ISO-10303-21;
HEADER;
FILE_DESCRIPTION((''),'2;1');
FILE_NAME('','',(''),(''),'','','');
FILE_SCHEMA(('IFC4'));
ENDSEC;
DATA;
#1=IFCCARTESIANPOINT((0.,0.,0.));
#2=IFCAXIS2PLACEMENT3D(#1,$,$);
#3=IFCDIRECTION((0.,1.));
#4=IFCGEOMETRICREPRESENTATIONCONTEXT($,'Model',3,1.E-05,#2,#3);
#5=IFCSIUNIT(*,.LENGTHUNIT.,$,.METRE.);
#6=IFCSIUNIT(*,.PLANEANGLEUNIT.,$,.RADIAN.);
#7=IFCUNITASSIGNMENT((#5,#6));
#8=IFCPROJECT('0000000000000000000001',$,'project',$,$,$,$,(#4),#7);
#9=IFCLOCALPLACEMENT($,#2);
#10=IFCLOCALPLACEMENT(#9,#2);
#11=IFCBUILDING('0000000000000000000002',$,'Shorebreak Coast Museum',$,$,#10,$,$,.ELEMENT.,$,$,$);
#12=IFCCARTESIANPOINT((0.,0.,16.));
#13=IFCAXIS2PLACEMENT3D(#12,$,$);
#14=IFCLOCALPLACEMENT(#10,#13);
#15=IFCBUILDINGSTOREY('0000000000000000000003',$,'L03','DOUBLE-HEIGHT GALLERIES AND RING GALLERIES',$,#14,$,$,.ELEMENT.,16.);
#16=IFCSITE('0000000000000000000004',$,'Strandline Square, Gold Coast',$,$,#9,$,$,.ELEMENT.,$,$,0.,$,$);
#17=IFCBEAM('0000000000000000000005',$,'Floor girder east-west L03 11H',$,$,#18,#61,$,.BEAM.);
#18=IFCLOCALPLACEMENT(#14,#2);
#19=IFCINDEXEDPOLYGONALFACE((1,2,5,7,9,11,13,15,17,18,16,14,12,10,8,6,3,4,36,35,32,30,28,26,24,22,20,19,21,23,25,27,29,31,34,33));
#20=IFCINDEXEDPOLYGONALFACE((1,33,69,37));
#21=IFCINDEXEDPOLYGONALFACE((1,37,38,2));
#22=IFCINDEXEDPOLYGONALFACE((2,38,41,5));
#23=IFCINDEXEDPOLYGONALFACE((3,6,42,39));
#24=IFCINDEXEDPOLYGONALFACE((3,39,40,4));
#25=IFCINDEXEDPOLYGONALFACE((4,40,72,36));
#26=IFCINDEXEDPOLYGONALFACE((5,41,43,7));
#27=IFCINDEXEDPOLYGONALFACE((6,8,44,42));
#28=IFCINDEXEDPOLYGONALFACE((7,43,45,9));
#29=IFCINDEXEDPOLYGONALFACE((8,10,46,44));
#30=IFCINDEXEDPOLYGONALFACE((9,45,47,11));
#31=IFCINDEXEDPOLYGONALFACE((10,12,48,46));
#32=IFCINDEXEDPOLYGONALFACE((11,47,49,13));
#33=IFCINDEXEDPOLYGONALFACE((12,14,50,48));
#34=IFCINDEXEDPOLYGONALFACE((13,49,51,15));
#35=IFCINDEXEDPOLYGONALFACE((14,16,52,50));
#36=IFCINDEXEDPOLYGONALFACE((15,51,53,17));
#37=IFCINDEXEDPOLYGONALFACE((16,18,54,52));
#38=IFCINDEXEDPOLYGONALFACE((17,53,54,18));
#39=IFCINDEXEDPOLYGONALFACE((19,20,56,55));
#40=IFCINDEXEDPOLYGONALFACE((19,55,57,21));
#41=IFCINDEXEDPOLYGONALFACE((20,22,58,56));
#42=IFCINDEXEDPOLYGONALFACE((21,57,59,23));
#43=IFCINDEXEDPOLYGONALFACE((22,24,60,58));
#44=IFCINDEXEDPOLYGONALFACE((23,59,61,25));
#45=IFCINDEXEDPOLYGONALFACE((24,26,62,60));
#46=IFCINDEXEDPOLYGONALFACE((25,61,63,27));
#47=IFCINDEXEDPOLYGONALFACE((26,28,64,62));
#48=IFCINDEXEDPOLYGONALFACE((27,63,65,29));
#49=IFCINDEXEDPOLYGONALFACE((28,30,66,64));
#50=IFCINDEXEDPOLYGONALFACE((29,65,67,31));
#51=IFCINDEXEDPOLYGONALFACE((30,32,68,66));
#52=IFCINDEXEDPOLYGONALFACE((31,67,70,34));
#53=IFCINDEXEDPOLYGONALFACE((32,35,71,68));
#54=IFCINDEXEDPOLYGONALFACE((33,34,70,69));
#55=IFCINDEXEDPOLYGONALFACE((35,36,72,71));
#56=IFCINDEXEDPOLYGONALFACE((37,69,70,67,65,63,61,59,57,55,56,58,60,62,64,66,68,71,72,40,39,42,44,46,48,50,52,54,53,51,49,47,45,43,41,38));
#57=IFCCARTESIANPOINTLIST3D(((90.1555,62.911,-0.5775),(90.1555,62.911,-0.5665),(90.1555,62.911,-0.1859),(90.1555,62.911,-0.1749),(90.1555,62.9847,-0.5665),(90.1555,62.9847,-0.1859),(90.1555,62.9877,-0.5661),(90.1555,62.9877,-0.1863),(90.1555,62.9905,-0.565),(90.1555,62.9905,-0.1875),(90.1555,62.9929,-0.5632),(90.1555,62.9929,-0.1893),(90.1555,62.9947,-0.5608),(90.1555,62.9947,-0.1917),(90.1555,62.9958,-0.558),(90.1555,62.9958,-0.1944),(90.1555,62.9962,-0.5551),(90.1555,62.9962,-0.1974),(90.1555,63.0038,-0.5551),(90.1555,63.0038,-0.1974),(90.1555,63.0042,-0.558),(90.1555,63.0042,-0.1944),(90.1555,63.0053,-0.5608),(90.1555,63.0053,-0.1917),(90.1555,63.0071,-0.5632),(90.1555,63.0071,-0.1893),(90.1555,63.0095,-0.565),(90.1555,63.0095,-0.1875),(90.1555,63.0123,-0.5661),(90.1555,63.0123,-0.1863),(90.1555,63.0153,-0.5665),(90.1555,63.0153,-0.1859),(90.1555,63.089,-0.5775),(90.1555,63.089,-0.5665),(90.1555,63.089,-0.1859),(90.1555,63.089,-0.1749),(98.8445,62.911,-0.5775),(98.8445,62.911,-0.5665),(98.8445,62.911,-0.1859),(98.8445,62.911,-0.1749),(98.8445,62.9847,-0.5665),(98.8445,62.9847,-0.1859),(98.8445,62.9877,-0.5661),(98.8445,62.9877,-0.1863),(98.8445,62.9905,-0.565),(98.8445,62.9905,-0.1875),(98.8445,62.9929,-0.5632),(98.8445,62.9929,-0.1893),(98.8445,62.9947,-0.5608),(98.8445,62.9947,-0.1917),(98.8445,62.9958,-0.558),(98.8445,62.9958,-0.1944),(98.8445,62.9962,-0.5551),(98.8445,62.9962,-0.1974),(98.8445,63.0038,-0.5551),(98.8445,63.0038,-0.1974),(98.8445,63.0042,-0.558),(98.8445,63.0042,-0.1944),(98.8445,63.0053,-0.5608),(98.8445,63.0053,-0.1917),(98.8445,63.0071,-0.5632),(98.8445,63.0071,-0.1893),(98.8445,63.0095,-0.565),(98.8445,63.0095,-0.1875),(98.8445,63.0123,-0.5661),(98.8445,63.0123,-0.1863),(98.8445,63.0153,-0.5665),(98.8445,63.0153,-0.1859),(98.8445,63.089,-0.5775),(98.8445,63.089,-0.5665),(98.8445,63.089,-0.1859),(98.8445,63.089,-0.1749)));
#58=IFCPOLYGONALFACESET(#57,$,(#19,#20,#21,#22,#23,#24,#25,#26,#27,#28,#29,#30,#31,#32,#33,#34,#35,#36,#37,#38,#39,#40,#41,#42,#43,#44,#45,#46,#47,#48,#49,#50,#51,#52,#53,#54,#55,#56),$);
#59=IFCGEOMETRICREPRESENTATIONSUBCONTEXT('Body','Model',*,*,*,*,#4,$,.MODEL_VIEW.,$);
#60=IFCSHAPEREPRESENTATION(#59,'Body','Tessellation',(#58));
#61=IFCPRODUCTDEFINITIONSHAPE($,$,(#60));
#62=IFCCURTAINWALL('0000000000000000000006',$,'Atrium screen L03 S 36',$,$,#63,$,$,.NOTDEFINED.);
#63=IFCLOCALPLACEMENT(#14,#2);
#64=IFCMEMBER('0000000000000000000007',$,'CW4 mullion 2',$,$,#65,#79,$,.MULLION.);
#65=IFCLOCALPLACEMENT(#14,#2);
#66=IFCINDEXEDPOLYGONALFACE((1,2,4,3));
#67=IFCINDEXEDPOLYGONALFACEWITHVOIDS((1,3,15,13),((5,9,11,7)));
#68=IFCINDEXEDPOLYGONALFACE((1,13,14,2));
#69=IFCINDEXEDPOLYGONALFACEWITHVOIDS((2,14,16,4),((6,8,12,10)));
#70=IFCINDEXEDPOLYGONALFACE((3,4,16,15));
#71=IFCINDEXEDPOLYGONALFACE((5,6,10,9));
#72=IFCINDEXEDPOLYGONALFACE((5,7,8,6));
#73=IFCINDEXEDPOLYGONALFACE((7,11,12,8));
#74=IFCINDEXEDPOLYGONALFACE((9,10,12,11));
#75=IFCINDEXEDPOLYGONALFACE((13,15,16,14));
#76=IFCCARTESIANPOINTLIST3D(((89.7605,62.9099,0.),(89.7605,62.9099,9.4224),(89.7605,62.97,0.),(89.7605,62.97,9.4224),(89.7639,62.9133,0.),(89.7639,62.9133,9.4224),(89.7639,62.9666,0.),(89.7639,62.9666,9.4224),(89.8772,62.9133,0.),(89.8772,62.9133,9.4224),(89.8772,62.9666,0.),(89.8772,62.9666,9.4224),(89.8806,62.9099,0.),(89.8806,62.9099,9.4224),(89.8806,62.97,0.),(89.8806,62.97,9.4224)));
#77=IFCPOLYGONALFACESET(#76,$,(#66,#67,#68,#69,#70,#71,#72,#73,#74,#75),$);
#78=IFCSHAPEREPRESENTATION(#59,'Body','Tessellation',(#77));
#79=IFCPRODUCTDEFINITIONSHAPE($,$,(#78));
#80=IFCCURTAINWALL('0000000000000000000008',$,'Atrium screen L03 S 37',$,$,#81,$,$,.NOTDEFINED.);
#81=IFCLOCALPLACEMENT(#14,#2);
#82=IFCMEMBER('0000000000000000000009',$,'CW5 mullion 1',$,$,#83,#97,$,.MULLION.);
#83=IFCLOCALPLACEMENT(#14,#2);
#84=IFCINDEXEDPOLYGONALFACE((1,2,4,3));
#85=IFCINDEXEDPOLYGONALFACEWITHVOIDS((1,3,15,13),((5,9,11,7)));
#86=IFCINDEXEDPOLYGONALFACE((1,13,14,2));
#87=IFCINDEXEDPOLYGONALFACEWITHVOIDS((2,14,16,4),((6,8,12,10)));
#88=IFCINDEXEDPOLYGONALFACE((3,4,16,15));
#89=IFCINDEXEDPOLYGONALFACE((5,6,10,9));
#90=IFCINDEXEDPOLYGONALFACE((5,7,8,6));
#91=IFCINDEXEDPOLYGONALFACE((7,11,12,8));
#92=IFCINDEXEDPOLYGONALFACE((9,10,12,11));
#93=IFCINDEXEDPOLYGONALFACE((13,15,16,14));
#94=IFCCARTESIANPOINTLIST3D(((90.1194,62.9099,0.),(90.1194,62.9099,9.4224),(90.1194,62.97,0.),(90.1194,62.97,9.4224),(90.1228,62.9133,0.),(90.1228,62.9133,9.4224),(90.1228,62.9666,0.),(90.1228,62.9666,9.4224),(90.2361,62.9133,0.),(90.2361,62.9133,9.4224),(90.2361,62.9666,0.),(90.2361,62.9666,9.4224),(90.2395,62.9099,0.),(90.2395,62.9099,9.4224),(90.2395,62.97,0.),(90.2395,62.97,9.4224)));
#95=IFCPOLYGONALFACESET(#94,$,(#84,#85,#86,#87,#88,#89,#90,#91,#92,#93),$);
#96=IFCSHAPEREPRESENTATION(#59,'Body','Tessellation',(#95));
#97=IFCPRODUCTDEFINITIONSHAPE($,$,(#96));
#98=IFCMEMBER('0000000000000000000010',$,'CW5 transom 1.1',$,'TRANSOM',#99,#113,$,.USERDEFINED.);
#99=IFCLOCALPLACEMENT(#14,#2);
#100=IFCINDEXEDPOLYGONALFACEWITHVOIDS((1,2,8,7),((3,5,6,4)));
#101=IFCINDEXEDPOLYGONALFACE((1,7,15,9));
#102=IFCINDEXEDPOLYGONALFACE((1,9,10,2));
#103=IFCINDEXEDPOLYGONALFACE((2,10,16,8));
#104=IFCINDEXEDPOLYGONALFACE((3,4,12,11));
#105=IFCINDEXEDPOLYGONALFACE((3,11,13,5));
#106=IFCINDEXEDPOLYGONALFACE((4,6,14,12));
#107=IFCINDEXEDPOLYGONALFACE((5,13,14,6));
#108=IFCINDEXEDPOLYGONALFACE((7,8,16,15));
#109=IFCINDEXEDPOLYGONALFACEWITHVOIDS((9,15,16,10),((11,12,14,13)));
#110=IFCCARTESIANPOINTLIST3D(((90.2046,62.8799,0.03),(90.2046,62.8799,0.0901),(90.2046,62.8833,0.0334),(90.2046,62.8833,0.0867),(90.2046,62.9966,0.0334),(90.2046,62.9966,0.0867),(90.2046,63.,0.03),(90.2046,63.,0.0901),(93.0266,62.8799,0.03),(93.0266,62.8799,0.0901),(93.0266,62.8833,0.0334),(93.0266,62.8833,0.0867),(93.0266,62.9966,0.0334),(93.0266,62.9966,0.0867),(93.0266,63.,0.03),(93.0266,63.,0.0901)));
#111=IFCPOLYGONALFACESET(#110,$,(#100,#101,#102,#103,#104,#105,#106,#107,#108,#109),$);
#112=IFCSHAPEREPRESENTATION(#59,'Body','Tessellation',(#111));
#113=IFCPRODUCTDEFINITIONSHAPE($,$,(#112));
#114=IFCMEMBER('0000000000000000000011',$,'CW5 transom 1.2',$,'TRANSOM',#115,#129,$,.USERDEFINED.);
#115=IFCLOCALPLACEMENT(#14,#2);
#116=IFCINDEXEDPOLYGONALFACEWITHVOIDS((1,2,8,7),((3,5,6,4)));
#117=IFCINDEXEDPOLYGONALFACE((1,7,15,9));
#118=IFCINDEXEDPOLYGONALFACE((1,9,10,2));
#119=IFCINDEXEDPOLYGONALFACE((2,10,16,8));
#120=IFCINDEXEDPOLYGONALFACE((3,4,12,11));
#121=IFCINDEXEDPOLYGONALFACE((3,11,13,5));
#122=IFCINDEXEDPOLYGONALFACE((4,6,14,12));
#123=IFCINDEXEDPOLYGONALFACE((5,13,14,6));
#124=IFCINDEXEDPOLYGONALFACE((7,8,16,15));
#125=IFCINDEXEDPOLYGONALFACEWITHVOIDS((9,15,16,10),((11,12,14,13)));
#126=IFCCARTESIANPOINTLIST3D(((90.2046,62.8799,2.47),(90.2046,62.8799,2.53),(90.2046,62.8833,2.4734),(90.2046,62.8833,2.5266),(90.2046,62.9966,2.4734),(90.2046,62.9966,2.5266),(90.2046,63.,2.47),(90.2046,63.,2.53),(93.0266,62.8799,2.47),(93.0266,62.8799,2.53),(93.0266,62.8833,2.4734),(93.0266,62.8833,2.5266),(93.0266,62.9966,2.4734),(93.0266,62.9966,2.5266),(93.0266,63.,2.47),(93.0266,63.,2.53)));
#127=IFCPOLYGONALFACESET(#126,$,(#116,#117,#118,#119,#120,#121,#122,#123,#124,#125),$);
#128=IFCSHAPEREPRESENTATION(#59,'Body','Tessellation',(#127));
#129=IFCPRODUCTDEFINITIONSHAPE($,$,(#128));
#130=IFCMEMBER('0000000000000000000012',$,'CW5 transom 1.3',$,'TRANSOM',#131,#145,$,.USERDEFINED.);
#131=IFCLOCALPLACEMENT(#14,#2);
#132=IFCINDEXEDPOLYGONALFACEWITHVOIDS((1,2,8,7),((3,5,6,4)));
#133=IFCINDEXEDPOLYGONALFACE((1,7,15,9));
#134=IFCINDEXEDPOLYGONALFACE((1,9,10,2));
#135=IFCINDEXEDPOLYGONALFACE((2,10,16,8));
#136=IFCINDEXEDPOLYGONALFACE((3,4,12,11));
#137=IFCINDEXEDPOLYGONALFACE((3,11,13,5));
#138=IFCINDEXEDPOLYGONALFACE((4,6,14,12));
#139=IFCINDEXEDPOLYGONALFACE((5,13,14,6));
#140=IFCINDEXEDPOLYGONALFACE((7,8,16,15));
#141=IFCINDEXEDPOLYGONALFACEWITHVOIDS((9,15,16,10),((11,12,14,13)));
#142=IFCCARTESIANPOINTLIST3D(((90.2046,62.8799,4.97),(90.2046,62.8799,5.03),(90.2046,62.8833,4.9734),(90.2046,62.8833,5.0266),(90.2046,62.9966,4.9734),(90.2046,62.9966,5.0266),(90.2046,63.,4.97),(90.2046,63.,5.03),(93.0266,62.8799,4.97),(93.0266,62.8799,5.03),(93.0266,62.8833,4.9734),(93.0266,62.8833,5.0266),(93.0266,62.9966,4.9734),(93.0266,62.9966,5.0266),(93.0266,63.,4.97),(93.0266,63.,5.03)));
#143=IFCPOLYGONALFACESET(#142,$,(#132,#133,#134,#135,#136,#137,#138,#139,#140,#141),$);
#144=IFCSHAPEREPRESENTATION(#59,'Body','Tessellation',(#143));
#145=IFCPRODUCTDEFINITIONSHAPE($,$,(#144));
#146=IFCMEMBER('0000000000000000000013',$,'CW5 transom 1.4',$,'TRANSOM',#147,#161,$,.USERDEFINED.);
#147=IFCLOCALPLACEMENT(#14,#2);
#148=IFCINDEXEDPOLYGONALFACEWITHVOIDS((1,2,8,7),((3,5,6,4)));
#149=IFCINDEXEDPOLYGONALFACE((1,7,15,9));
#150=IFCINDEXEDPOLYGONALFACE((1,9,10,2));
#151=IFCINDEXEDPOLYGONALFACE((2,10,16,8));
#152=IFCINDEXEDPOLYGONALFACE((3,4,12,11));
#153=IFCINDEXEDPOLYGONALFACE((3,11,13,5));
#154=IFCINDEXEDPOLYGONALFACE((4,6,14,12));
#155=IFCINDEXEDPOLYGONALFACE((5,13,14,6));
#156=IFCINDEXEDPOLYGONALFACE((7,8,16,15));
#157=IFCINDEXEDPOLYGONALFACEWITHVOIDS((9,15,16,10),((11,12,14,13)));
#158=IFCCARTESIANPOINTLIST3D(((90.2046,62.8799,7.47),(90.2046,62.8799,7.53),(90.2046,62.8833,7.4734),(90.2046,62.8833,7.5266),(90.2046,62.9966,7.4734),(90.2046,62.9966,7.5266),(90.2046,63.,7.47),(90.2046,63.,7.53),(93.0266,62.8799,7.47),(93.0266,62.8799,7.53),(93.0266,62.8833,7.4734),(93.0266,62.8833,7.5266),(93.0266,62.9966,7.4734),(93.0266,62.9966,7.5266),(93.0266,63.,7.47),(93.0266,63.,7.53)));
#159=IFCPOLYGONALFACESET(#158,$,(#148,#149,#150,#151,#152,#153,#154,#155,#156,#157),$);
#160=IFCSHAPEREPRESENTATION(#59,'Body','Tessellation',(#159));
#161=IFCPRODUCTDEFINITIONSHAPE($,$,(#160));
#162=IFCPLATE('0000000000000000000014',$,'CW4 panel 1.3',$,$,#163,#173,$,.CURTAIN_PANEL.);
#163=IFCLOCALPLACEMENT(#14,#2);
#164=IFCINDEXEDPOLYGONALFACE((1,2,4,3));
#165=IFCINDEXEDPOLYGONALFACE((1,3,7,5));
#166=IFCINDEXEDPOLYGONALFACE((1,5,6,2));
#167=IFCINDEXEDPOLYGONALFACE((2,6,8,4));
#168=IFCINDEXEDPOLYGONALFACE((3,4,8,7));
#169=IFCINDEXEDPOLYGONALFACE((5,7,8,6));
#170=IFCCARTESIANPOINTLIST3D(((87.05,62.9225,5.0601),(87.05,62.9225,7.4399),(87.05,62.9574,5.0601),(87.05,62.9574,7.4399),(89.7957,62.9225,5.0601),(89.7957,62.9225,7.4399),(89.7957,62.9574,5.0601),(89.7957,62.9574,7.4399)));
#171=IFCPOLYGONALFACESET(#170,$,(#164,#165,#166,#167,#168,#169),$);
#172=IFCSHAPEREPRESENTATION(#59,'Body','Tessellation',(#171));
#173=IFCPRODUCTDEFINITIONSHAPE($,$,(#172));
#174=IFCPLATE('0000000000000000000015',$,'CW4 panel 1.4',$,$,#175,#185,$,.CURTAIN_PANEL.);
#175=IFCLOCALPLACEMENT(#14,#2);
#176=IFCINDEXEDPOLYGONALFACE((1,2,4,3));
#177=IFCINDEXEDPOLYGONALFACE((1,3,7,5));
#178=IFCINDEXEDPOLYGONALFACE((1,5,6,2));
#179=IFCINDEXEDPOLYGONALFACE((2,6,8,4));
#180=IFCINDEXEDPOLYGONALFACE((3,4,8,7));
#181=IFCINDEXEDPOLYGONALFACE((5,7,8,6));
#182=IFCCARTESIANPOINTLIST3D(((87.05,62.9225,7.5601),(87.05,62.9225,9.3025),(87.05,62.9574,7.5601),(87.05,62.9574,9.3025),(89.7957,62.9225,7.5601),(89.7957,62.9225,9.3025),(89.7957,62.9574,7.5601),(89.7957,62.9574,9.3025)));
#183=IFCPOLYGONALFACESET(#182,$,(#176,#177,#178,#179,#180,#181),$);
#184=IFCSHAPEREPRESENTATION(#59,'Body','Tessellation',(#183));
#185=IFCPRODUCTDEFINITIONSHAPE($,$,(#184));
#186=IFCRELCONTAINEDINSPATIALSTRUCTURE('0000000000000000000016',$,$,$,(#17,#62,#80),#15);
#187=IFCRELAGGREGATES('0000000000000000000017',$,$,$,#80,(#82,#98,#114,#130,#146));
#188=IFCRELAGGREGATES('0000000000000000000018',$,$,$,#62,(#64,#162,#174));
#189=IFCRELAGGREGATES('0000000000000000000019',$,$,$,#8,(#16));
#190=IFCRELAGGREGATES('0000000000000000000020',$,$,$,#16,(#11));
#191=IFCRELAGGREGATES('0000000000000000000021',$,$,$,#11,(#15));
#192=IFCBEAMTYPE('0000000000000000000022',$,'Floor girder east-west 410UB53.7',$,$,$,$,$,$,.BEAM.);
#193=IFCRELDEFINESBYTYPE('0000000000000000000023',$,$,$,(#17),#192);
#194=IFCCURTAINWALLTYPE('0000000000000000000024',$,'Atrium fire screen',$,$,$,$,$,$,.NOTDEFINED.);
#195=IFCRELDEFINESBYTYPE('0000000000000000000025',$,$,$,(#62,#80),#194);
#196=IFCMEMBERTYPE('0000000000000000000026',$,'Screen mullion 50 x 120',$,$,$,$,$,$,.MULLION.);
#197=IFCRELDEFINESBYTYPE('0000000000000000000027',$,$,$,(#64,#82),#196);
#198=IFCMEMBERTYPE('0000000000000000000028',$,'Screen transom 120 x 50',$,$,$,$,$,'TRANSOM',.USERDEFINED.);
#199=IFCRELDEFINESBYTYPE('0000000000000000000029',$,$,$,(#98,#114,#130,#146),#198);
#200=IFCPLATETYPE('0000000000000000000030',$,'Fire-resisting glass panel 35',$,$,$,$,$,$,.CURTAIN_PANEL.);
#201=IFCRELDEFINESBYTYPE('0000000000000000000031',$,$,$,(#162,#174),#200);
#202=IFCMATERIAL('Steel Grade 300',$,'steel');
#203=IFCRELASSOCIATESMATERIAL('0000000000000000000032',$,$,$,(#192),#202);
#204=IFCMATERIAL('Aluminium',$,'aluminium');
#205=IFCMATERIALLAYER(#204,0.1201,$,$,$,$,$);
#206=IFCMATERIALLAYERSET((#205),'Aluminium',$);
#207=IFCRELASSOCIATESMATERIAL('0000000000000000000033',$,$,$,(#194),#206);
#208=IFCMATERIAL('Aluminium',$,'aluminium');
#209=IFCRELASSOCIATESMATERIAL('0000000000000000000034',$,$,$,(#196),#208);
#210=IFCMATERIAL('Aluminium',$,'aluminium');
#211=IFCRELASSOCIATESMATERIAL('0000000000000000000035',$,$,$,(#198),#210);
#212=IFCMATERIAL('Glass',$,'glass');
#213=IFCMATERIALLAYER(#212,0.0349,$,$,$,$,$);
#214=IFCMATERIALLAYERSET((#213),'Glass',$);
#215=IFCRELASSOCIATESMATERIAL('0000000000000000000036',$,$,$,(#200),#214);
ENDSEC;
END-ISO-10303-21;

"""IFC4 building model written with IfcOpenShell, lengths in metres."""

from ifc_helpers import new_model, si_unit, direction, frame, origin, origin_2d, place, context, subcontext, project, spatial, rectangle, hollow_rectangle, i_section, extrude, material, layer, layer_set, material_profile, profile_set, type_object, element, aggregate, save


model = new_model("IFC4")

# Units and contexts
model_context = context("Model", 3, precision=1e-05, world=origin(), true_north=direction((0.0, 1.0)))
body_context = subcontext(model_context, "Body", "Model", "MODEL_VIEW")
ifc_project = project(units=[si_unit("LENGTHUNIT", "METRE"), si_unit("PLANEANGLEUNIT", "RADIAN")], contexts=[model_context])

# Site, building, storey
site_placement = place(None, origin())
site = spatial("IfcSite", under=ifc_project, at=site_placement, Name="Strandline Square, Gold Coast", CompositionType="ELEMENT", RefElevation=0.0)
building_placement = place(site_placement, origin())
building = spatial("IfcBuilding", under=site, at=building_placement, Name="Shorebreak Coast Museum", CompositionType="ELEMENT")
storey_placement = place(building_placement, frame((0.0, 0.0, 16.0)))
storey = spatial("IfcBuildingStorey", under=building, at=storey_placement, Name="L03", Description="DOUBLE-HEIGHT GALLERIES AND RING GALLERIES", CompositionType="ELEMENT", Elevation=16.0)

# Beam
ifc_material_1 = material(Name="Steel Grade 300", Category="steel")
ifc_material_profile_1 = material_profile(ifc_material_1, i_section(OverallWidth=0.178, OverallDepth=0.4026, WebThickness=0.0076, FlangeThickness=0.011, FilletRadius=0.0115, at=origin_2d()), Name="410UB53.7")
ifc_profile_set_1 = profile_set([ifc_material_profile_1], Name="Steel Grade 300")
beam_type_1 = type_object("IfcBeamType", Name="Floor girder east-west 410UB53.7", PredefinedType="BEAM", material=ifc_profile_set_1)
beam_placement = place(storey_placement, frame((90.1555, 63.0, -0.3762), z_axis=(1.0, 0.0, 0.0), x_axis=(0.0, 1.0, 0.0)))
element("IfcBeam", 1, at=beam_placement, inside=storey, type_object=beam_type_1, Name="Floor girder east-west L03 11H", PredefinedType="BEAM", context=body_context, shape_type="SweptSolid", body=[
    extrude(i_section(OverallWidth=0.178, OverallDepth=0.4026, WebThickness=0.0076, FlangeThickness=0.011, FilletRadius=0.0115, at=origin_2d()), origin(), (0.0, 0.0, 1.0), 8.689),
])

# Curtain wall, member
ifc_material_2 = material(Name="Aluminium", Category="aluminium")
ifc_layer_1 = layer(ifc_material_2, 0.1201)
ifc_layer_set_1 = layer_set([ifc_layer_1], Name="Aluminium")
curtain_wall_type = type_object("IfcCurtainWallType", Name="Atrium fire screen", PredefinedType="NOTDEFINED", material=ifc_layer_set_1)
curtain_wall_1_placement = place(storey_placement, origin())
curtain_wall_1 = element("IfcCurtainWall", 2, at=curtain_wall_1_placement, inside=storey, type_object=curtain_wall_type, Name="Atrium screen L03 S 36", PredefinedType="NOTDEFINED")
ifc_material_3 = material(Name="Aluminium", Category="aluminium")
ifc_material_profile_2 = material_profile(ifc_material_3, hollow_rectangle(XDim=0.0601, YDim=0.1201, WallThickness=0.0034, at=origin_2d()), Name="AL 120x60 RHS")
ifc_profile_set_2 = profile_set([ifc_material_profile_2], Name="Aluminium")
member_type_1 = type_object("IfcMemberType", Name="Screen mullion 50 x 120", PredefinedType="MULLION", material=ifc_profile_set_2)
member_1_placement = place(storey_placement, frame((89.8206, 62.9399, 0.0), z_axis=(0.0, 0.0, 1.0), x_axis=(0.0, 1.0, 0.0)))
member_1 = element("IfcMember", 3, at=member_1_placement, type_object=member_type_1, Name="CW4 mullion 2", PredefinedType="MULLION", context=body_context, shape_type="SweptSolid", body=[
    extrude(hollow_rectangle(XDim=0.0601, YDim=0.1201, WallThickness=0.0034, at=origin_2d()), origin(), (0.0, 0.0, 1.0), 9.4224),
])

# Curtain wall, members
curtain_wall_2_placement = place(storey_placement, origin())
curtain_wall_2 = element("IfcCurtainWall", 4, at=curtain_wall_2_placement, inside=storey, type_object=curtain_wall_type, Name="Atrium screen L03 S 37", PredefinedType="NOTDEFINED")
member_2_placement = place(storey_placement, frame((90.1794, 62.9399, 0.0), z_axis=(0.0, 0.0, 1.0), x_axis=(0.0, 1.0, 0.0)))
member_2 = element("IfcMember", 5, at=member_2_placement, type_object=member_type_1, Name="CW5 mullion 1", PredefinedType="MULLION", context=body_context, shape_type="SweptSolid", body=[
    extrude(hollow_rectangle(XDim=0.0601, YDim=0.1201, WallThickness=0.0034, at=origin_2d()), origin(), (0.0, 0.0, 1.0), 9.4224),
])
ifc_material_4 = material(Name="Aluminium", Category="aluminium")
ifc_material_profile_3 = material_profile(ifc_material_4, hollow_rectangle(XDim=0.1201, YDim=0.0601, WallThickness=0.0034, at=origin_2d()), Name="AL 60x120 RHS")
ifc_profile_set_3 = profile_set([ifc_material_profile_3], Name="Aluminium")
member_type_2 = type_object("IfcMemberType", Name="Screen transom 120 x 50", ElementType="TRANSOM", PredefinedType="USERDEFINED", material=ifc_profile_set_3)
member_3_placement = place(storey_placement, frame((90.2046, 62.9399, 0.0601), z_axis=(1.0, 0.0, 0.0), x_axis=(0.0, 1.0, 0.0)))
member_3 = element("IfcMember", 6, at=member_3_placement, type_object=member_type_2, Name="CW5 transom 1.1", ObjectType="TRANSOM", PredefinedType="USERDEFINED", context=body_context, shape_type="SweptSolid", body=[
    extrude(hollow_rectangle(XDim=0.1201, YDim=0.0601, WallThickness=0.0034, at=origin_2d()), origin(), (0.0, 0.0, 1.0), 2.822),
])
member_4_placement = place(storey_placement, frame((90.2046, 62.9399, 2.5), z_axis=(1.0, 0.0, 0.0), x_axis=(0.0, 1.0, 0.0)))
member_4 = element("IfcMember", 7, at=member_4_placement, type_object=member_type_2, Name="CW5 transom 1.2", ObjectType="TRANSOM", PredefinedType="USERDEFINED", context=body_context, shape_type="SweptSolid", body=[
    extrude(hollow_rectangle(XDim=0.1201, YDim=0.0601, WallThickness=0.0034, at=origin_2d()), origin(), (0.0, 0.0, 1.0), 2.822),
])
member_5_placement = place(storey_placement, frame((90.2046, 62.9399, 5.0), z_axis=(1.0, 0.0, 0.0), x_axis=(0.0, 1.0, 0.0)))
member_5 = element("IfcMember", 8, at=member_5_placement, type_object=member_type_2, Name="CW5 transom 1.3", ObjectType="TRANSOM", PredefinedType="USERDEFINED", context=body_context, shape_type="SweptSolid", body=[
    extrude(hollow_rectangle(XDim=0.1201, YDim=0.0601, WallThickness=0.0034, at=origin_2d()), origin(), (0.0, 0.0, 1.0), 2.822),
])
member_6_placement = place(storey_placement, frame((90.2046, 62.9399, 7.5), z_axis=(1.0, 0.0, 0.0), x_axis=(0.0, 1.0, 0.0)))
member_6 = element("IfcMember", 9, at=member_6_placement, type_object=member_type_2, Name="CW5 transom 1.4", ObjectType="TRANSOM", PredefinedType="USERDEFINED", context=body_context, shape_type="SweptSolid", body=[
    extrude(hollow_rectangle(XDim=0.1201, YDim=0.0601, WallThickness=0.0034, at=origin_2d()), origin(), (0.0, 0.0, 1.0), 2.822),
])
aggregate(curtain_wall_2, [member_2, member_3, member_4, member_5, member_6])

# Plates
ifc_material_5 = material(Name="Glass", Category="glass")
ifc_layer_2 = layer(ifc_material_5, 0.0349)
ifc_layer_set_2 = layer_set([ifc_layer_2], Name="Glass")
plate_type = type_object("IfcPlateType", Name="Fire-resisting glass panel 35", PredefinedType="CURTAIN_PANEL", material=ifc_layer_set_2)
plate_1_placement = place(storey_placement, frame((88.4229, 62.9399, 5.0601), z_axis=(0.0, 0.0, 1.0), x_axis=(1.0, 0.0, 0.0)))
plate_1 = element("IfcPlate", 10, at=plate_1_placement, type_object=plate_type, Name="CW4 panel 1.3", PredefinedType="CURTAIN_PANEL", context=body_context, shape_type="SweptSolid", body=[
    extrude(rectangle(XDim=2.7456, YDim=0.0349, at=origin_2d()), origin(), (0.0, 0.0, 1.0), 2.3799),
])
plate_2_placement = place(storey_placement, frame((88.4229, 62.9399, 7.5601), z_axis=(0.0, 0.0, 1.0), x_axis=(1.0, 0.0, 0.0)))
plate_2 = element("IfcPlate", 11, at=plate_2_placement, type_object=plate_type, Name="CW4 panel 1.4", PredefinedType="CURTAIN_PANEL", context=body_context, shape_type="SweptSolid", body=[
    extrude(rectangle(XDim=2.7456, YDim=0.0349, at=origin_2d()), origin(), (0.0, 0.0, 1.0), 1.7424),
])
aggregate(curtain_wall_1, [member_1, plate_1, plate_2])

save(model, "model.ifc")
